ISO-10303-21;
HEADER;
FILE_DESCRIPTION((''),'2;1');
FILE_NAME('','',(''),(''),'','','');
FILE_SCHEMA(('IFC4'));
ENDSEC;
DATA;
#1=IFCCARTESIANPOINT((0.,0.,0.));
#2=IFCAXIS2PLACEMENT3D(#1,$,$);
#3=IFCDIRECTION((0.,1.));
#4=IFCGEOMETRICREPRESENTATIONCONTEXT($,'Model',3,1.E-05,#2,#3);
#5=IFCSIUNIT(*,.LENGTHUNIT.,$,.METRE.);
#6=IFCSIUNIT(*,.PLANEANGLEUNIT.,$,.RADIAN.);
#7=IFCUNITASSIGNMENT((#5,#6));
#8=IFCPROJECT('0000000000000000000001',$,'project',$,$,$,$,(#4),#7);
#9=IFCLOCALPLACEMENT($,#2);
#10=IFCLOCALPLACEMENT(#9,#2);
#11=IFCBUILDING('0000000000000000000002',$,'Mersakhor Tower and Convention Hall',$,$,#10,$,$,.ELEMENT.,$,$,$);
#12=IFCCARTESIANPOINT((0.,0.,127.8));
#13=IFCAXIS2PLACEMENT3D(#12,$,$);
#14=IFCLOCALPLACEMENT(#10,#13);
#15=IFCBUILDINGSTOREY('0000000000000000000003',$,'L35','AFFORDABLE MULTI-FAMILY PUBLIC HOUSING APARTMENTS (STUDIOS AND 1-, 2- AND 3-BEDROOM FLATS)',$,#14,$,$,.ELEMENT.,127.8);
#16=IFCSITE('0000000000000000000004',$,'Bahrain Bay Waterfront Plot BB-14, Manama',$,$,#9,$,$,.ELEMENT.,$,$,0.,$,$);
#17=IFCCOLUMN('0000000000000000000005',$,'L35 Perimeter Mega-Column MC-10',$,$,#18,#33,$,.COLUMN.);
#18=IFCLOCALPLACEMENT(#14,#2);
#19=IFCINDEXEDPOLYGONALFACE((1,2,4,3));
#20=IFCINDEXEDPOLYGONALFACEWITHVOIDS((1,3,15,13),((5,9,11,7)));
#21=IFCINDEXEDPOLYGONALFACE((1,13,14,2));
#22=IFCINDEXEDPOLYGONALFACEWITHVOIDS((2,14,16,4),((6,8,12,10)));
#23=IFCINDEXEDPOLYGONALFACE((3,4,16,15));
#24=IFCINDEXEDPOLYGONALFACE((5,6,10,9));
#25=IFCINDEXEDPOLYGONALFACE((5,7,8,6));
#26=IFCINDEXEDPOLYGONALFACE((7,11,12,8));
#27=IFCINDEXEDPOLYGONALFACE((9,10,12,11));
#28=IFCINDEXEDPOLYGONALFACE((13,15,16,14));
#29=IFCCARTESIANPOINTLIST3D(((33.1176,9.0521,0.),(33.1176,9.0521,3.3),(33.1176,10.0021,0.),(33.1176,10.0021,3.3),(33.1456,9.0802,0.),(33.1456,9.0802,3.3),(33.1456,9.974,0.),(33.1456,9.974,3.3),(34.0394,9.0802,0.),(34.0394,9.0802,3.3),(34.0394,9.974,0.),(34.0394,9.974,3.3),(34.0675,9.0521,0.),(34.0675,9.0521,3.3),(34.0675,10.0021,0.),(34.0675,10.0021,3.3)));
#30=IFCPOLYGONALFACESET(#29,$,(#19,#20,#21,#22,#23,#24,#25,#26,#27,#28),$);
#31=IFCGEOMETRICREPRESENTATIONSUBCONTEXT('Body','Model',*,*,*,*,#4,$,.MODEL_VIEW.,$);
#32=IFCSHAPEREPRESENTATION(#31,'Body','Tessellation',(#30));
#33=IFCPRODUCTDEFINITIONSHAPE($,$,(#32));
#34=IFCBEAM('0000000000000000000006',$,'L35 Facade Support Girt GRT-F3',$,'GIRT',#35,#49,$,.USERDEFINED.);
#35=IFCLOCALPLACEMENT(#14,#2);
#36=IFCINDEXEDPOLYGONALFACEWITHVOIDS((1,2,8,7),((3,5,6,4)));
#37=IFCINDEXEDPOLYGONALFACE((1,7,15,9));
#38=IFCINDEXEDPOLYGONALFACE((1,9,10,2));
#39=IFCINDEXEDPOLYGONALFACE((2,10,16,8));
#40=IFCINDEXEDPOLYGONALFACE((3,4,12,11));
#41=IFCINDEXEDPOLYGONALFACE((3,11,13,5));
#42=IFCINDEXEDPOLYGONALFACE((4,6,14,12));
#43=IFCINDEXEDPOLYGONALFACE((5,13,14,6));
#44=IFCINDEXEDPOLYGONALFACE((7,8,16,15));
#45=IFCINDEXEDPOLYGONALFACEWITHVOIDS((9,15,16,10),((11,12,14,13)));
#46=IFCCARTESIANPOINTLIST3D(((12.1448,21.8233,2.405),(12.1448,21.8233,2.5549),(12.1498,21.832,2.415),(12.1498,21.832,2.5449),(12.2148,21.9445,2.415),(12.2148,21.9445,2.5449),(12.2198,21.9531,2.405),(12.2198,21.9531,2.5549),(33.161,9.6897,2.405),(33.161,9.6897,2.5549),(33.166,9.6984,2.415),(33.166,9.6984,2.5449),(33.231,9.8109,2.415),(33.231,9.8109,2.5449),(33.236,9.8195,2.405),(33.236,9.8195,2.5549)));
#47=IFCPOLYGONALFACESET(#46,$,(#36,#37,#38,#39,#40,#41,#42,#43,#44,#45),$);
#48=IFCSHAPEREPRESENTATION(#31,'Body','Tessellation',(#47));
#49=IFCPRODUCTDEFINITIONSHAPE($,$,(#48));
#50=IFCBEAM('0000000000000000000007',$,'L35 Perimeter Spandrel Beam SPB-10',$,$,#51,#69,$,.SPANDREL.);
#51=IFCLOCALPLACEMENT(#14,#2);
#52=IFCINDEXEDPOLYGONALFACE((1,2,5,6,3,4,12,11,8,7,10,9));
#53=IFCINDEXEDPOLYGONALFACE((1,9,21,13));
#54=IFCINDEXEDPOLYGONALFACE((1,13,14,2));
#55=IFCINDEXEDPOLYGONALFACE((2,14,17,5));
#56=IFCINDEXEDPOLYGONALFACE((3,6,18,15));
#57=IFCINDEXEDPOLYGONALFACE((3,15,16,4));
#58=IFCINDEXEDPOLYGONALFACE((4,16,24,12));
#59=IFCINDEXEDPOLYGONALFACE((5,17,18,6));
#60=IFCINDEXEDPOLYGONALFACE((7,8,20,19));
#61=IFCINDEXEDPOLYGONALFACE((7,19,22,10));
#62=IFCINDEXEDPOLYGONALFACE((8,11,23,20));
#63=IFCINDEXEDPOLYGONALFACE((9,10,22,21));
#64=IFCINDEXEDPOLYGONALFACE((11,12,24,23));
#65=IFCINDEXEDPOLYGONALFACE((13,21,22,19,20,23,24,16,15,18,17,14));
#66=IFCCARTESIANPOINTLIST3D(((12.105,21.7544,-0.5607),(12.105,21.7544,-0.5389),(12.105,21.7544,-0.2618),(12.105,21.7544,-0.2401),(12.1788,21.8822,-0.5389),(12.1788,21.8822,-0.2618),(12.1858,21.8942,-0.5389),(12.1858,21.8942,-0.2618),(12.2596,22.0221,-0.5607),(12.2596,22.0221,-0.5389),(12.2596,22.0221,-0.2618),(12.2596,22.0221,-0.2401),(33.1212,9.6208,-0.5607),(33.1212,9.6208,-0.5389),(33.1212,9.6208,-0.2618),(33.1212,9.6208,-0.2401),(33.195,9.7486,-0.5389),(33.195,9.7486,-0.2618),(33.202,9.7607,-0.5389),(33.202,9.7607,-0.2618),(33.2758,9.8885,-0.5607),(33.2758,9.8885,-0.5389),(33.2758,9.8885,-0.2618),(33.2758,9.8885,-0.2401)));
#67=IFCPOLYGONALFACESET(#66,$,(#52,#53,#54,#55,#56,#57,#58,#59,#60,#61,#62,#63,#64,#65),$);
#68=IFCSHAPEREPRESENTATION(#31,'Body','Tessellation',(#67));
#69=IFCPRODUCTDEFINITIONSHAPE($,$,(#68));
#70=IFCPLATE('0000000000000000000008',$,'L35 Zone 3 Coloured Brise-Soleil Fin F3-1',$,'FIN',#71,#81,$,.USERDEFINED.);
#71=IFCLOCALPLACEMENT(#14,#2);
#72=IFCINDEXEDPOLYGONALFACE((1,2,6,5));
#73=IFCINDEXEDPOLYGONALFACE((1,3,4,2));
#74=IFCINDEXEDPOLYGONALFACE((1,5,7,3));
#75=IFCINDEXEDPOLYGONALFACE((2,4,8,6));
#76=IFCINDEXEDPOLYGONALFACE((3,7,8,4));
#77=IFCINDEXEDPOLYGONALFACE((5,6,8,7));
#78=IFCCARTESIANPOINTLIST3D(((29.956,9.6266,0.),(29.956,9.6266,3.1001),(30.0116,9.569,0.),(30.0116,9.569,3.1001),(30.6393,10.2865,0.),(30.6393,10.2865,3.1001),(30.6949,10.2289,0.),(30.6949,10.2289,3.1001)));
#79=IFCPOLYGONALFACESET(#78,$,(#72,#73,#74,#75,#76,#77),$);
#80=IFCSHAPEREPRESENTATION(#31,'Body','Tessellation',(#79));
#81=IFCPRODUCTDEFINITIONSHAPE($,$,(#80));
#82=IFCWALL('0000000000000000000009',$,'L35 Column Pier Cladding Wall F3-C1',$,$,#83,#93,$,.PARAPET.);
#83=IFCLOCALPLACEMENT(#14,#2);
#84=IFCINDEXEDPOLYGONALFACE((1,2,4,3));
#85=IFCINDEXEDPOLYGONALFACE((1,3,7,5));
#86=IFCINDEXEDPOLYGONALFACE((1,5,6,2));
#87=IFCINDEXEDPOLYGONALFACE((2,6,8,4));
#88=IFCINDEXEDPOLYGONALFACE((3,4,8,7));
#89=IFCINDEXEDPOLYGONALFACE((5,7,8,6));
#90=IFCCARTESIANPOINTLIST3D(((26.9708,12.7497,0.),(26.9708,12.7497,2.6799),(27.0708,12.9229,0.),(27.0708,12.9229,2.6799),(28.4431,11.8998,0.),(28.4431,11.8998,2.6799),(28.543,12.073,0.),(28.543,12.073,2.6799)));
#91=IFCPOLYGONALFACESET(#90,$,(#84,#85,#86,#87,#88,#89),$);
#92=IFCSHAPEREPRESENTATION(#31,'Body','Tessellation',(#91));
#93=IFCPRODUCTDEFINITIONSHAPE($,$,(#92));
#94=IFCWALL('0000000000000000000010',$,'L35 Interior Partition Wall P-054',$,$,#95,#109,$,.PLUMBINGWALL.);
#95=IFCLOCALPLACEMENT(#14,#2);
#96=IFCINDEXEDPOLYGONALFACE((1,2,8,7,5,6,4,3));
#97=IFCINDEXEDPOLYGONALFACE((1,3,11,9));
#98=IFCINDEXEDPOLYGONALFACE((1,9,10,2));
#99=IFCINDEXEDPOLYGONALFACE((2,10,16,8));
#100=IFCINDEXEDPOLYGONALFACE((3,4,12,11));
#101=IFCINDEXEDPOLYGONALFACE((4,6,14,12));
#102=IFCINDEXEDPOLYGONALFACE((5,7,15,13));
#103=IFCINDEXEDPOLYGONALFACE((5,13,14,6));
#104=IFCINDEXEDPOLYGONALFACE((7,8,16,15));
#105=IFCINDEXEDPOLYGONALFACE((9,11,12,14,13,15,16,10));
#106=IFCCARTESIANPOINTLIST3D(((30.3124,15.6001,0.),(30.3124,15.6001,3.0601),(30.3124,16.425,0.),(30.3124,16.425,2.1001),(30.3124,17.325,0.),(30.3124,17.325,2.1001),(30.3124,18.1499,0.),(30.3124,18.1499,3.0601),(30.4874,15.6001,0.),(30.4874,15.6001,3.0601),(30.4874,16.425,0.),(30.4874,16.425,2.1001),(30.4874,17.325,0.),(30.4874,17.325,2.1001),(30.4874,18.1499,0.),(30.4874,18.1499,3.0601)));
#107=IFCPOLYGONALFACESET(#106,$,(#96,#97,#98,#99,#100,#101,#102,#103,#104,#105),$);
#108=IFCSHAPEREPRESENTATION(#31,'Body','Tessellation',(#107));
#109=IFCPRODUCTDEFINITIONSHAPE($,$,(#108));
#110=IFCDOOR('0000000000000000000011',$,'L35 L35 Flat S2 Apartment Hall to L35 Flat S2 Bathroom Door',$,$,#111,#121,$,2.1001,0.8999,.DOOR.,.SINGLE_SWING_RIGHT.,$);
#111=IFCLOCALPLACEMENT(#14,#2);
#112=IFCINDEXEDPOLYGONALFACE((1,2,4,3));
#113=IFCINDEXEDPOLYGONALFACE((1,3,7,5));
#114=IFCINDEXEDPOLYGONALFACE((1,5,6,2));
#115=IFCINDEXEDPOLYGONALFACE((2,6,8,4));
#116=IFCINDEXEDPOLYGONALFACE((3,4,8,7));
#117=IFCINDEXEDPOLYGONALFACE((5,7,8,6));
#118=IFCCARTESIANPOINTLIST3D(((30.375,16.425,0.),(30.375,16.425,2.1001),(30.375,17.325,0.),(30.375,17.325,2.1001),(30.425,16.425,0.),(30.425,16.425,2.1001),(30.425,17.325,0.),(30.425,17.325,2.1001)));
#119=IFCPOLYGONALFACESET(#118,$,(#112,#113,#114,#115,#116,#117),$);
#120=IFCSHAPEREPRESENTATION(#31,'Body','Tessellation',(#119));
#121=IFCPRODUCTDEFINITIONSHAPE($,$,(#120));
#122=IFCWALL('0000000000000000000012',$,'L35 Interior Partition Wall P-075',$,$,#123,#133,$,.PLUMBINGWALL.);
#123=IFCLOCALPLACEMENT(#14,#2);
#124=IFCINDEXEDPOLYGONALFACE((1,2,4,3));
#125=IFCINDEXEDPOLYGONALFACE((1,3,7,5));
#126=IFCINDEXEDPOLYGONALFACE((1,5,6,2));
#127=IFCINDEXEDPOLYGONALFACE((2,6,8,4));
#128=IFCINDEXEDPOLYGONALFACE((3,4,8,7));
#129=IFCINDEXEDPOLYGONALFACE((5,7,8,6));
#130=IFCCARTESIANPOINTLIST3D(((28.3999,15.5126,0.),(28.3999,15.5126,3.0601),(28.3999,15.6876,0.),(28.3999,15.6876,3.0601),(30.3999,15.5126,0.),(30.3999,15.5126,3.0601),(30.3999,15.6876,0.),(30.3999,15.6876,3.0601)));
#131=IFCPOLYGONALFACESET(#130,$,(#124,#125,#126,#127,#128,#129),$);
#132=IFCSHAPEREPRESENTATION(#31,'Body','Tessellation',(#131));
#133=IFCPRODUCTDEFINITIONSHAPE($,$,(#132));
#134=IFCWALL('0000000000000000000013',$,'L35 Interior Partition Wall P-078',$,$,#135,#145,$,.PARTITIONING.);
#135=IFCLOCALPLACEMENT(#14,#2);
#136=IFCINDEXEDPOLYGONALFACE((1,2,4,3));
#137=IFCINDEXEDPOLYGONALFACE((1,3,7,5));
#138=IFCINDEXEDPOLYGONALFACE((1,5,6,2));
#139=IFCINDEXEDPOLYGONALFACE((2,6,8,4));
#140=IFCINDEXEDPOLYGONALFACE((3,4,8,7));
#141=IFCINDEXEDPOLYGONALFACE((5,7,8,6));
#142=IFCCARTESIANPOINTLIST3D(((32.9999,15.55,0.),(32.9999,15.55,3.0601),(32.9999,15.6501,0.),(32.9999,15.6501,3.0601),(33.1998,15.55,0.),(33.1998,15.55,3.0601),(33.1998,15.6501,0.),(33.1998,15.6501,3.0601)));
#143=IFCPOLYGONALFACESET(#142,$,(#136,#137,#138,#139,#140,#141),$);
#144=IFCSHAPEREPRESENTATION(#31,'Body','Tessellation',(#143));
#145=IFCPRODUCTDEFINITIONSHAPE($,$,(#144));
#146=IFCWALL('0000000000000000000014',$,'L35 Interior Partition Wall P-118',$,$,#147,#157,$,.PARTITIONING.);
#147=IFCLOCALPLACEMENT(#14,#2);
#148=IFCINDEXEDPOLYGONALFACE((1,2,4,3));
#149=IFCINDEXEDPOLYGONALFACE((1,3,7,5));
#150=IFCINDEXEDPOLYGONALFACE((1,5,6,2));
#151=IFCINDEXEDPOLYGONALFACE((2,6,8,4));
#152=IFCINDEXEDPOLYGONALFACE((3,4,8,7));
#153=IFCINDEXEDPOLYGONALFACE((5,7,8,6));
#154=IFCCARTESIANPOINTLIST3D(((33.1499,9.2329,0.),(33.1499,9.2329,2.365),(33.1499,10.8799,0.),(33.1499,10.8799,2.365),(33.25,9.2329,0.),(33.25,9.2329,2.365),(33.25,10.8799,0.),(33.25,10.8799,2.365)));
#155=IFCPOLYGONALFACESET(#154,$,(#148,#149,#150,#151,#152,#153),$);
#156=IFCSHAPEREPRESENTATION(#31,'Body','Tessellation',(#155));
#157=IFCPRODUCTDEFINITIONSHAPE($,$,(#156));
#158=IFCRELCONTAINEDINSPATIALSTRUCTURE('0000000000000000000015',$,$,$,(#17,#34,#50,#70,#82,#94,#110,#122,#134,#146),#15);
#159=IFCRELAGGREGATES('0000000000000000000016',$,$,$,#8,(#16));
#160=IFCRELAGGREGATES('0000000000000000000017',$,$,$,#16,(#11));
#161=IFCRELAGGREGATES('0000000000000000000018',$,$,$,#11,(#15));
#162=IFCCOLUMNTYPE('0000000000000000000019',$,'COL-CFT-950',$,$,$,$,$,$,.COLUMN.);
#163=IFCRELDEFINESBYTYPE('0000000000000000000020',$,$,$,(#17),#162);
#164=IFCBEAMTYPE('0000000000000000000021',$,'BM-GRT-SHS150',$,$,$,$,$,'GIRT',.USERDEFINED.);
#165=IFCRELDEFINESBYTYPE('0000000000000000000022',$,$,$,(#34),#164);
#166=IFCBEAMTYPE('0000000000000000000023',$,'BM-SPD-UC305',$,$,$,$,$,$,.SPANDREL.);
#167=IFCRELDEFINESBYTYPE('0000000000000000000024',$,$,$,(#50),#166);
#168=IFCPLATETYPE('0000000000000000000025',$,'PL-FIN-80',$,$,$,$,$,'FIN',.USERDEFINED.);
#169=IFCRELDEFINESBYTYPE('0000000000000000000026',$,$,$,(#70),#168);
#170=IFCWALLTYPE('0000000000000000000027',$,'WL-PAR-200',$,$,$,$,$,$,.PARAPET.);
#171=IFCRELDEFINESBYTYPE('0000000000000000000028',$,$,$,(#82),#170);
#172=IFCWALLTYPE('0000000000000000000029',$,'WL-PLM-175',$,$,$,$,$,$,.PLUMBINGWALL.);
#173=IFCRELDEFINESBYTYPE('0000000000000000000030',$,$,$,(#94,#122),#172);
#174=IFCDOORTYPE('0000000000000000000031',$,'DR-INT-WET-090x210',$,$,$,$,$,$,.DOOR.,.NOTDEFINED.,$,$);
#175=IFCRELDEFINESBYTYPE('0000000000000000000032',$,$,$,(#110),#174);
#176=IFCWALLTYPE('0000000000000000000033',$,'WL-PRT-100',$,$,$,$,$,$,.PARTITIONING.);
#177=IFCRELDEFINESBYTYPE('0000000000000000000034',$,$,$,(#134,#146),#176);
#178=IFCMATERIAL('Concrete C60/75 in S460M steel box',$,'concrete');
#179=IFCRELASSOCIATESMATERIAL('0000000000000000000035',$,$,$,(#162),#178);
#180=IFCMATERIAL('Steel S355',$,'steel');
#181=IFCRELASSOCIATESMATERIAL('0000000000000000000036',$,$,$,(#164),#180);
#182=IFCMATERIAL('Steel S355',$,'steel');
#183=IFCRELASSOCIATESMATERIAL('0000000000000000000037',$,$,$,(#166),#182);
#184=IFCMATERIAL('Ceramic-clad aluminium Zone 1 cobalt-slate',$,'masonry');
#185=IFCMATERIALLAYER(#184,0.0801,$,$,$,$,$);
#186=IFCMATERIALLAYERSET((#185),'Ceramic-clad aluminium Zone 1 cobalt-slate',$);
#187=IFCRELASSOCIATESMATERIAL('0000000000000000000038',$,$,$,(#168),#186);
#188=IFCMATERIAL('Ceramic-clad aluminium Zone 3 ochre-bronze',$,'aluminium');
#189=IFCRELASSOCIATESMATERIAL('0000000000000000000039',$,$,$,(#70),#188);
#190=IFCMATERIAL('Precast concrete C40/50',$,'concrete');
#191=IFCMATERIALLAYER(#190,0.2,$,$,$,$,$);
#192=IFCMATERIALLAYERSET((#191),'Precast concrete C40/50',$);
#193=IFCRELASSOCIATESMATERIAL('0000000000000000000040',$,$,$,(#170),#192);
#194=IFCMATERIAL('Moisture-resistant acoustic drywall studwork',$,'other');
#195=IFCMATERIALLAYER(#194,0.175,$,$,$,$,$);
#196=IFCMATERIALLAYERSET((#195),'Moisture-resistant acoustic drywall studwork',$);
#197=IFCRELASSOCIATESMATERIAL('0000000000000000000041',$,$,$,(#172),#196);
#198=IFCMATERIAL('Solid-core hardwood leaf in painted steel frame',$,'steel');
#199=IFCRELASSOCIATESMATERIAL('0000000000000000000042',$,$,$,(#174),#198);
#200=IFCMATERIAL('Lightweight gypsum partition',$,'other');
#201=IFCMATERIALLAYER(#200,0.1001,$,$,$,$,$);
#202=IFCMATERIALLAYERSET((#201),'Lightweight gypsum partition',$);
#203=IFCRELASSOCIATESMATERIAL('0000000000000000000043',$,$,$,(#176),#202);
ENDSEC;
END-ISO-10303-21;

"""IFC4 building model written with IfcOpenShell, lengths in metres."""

from ifc_helpers import new_model, si_unit, direction, frame, frame_2d, origin, origin_2d, place, context, subcontext, project, spatial, rectangle, hollow_rectangle, i_section, extrude, material, layer, layer_set, material_profile, profile_set, type_object, element, fill, save


model = new_model("IFC4")

# Units and contexts
model_context = context("Model", 3, precision=1e-05, world=origin(), true_north=direction((0.0, 1.0)))
body_context = subcontext(model_context, "Body", "Model", "MODEL_VIEW")
ifc_project = project(units=[si_unit("LENGTHUNIT", "METRE"), si_unit("PLANEANGLEUNIT", "RADIAN")], contexts=[model_context])

# Site, building, storey
site_placement = place(None, origin())
site = spatial("IfcSite", under=ifc_project, at=site_placement, Name="Bahrain Bay Waterfront Plot BB-14, Manama", CompositionType="ELEMENT", RefElevation=0.0)
building_placement = place(site_placement, origin())
building = spatial("IfcBuilding", under=site, at=building_placement, Name="Mersakhor Tower and Convention Hall", CompositionType="ELEMENT")
storey_placement = place(building_placement, frame((0.0, 0.0, 127.8)))
storey = spatial("IfcBuildingStorey", under=building, at=storey_placement, Name="L35", Description="AFFORDABLE MULTI-FAMILY PUBLIC HOUSING APARTMENTS (STUDIOS AND 1-, 2- AND 3-BEDROOM FLATS)", CompositionType="ELEMENT", Elevation=127.8)

# Column
ifc_material_1 = material(Name="Concrete C60/75 in S460M steel box", Category="concrete")
ifc_material_profile_1 = material_profile(ifc_material_1, hollow_rectangle(XDim=0.95, YDim=0.95, WallThickness=0.0281, at=origin_2d()), Name="SHS 950x950x28")
ifc_profile_set_1 = profile_set([ifc_material_profile_1], Name="Concrete C60/75 in S460M steel box")
column_type = type_object("IfcColumnType", Name="COL-CFT-950", PredefinedType="COLUMN", material=ifc_profile_set_1)
column_placement = place(storey_placement, frame((33.5925, 9.5271, 0.0), z_axis=(0.0, 0.0, 1.0), x_axis=(1.0, 0.0, 0.0)))
element("IfcColumn", 1, at=column_placement, inside=storey, type_object=column_type, Name="L35 Perimeter Mega-Column MC-10", PredefinedType="COLUMN", context=body_context, shape_type="SweptSolid", body=[
    extrude(hollow_rectangle(XDim=0.95, YDim=0.95, WallThickness=0.0281, at=origin_2d()), origin(), (0.0, 0.0, 1.0), 3.3),
])

# Beams
ifc_material_2 = material(Name="Steel S355", Category="steel")
ifc_material_profile_2 = material_profile(ifc_material_2, hollow_rectangle(XDim=0.1499, YDim=0.1499, WallThickness=0.01, at=origin_2d()), Name="SHS 150x150x10")
ifc_profile_set_2 = profile_set([ifc_material_profile_2], Name="Steel S355")
beam_type_1 = type_object("IfcBeamType", Name="BM-GRT-SHS150", ElementType="GIRT", PredefinedType="USERDEFINED", material=ifc_profile_set_2)
beam_1_placement = place(storey_placement, frame((33.1985, 9.7546, 2.48), z_axis=(-0.866027, 0.499996, 0.0), x_axis=(-0.499996, -0.866027, 0.0)))
element("IfcBeam", 2, at=beam_1_placement, inside=storey, type_object=beam_type_1, Name="L35 Facade Support Girt GRT-F3", ObjectType="GIRT", PredefinedType="USERDEFINED", context=body_context, shape_type="SweptSolid", body=[
    extrude(hollow_rectangle(XDim=0.1499, YDim=0.1499, WallThickness=0.01, at=origin_2d()), origin(), (0.0, 0.0, 1.0), 24.2673),
])
ifc_material_3 = material(Name="Steel S355", Category="steel")
ifc_material_profile_3 = material_profile(ifc_material_3, i_section(OverallWidth=0.3091, OverallDepth=0.3206, WebThickness=0.0139, FlangeThickness=0.0217, at=origin_2d()), Name="UC 305x305x137")
ifc_profile_set_3 = profile_set([ifc_material_profile_3], Name="Steel S355")
beam_type_2 = type_object("IfcBeamType", Name="BM-SPD-UC305", PredefinedType="SPANDREL", material=ifc_profile_set_3)
beam_2_placement = place(storey_placement, frame((33.1985, 9.7546, -0.4004), z_axis=(-0.866027, 0.499996, 0.0), x_axis=(-0.499996, -0.866027, 0.0)))
element("IfcBeam", 3, at=beam_2_placement, inside=storey, type_object=beam_type_2, Name="L35 Perimeter Spandrel Beam SPB-10", PredefinedType="SPANDREL", context=body_context, shape_type="SweptSolid", body=[
    extrude(i_section(OverallWidth=0.3091, OverallDepth=0.3206, WebThickness=0.0139, FlangeThickness=0.0217, at=origin_2d()), origin(), (0.0, 0.0, 1.0), 24.2673),
])

# Plate
ifc_material_4 = material(Name="Ceramic-clad aluminium Zone 3 ochre-bronze", Category="aluminium")
ifc_material_5 = material(Name="Ceramic-clad aluminium Zone 1 cobalt-slate", Category="masonry")
ifc_layer_1 = layer(ifc_material_5, 0.0801)
ifc_layer_set_1 = layer_set([ifc_layer_1], Name="Ceramic-clad aluminium Zone 1 cobalt-slate")
plate_type = type_object("IfcPlateType", Name="PL-FIN-80", ElementType="FIN", PredefinedType="USERDEFINED", material=ifc_layer_set_1)
plate_placement = place(storey_placement, frame((30.3254, 9.9277, 0.0), z_axis=(0.0, 0.0, 1.0), x_axis=(-0.71934, -0.694658, 0.0)))
element("IfcPlate", 4, at=plate_placement, inside=storey, type_object=plate_type, material=ifc_material_4, Name="L35 Zone 3 Coloured Brise-Soleil Fin F3-1", ObjectType="FIN", PredefinedType="USERDEFINED", context=body_context, shape_type="SweptSolid", body=[
    extrude(rectangle(XDim=0.95, YDim=0.0801, at=origin_2d()), origin(), (0.0, 0.0, 1.0), 3.1001),
])

# Wall
ifc_material_6 = material(Name="Precast concrete C40/50", Category="concrete")
ifc_layer_2 = layer(ifc_material_6, 0.2)
ifc_layer_set_2 = layer_set([ifc_layer_2], Name="Precast concrete C40/50")
wall_type_1 = type_object("IfcWallType", Name="WL-PAR-200", PredefinedType="PARAPET", material=ifc_layer_set_2)
wall_1_placement = place(storey_placement, frame((28.4932, 11.9863, 0.0), z_axis=(0.0, 0.0, 1.0), x_axis=(-0.866052, 0.499955, 0.0)))
element("IfcWall", 5, at=wall_1_placement, inside=storey, type_object=wall_type_1, Name="L35 Column Pier Cladding Wall F3-C1", PredefinedType="PARAPET", context=body_context, shape_type="SweptSolid", body=[
    extrude(rectangle(XDim=1.7, YDim=0.2, at=frame_2d((0.8501, 0.0))), origin(), (0.0, 0.0, 1.0), 2.6799),
])

# Wall, opening, door
ifc_material_7 = material(Name="Moisture-resistant acoustic drywall studwork", Category="other")
ifc_layer_3 = layer(ifc_material_7, 0.175)
ifc_layer_set_3 = layer_set([ifc_layer_3], Name="Moisture-resistant acoustic drywall studwork")
wall_type_2 = type_object("IfcWallType", Name="WL-PLM-175", PredefinedType="PLUMBINGWALL", material=ifc_layer_set_3)
wall_2_placement = place(storey_placement, frame((30.3999, 15.6001, 0.0), z_axis=(0.0, 0.0, 1.0), x_axis=(0.0, 1.0, 0.0)))
wall_2 = element("IfcWall", 6, at=wall_2_placement, inside=storey, type_object=wall_type_2, Name="L35 Interior Partition Wall P-054", PredefinedType="PLUMBINGWALL", context=body_context, shape_type="SweptSolid", body=[
    extrude(rectangle(XDim=2.5498, YDim=0.175, at=frame_2d((1.2749, 0.0))), origin(), (0.0, 0.0, 1.0), 3.0601),
])
opening_1_placement = place(wall_2_placement, frame((0.825, 0.0, 0.0)))
opening_1 = element("IfcOpeningElement", 7, at=opening_1_placement, cuts=wall_2, PredefinedType="OPENING", context=body_context, shape_type="SweptSolid", body=[
    extrude(rectangle(XDim=0.8999, YDim=2.1001, at=frame_2d((0.45, 1.05))), frame((0.0, 0.0974, 0.0), z_axis=(0.0, -1.0, 0.0), x_axis=(1.0, 0.0, 0.0)), (0.0, 0.0, 1.0), 0.1951),
])
ifc_material_8 = material(Name="Solid-core hardwood leaf in painted steel frame", Category="steel")
door_type_1 = type_object("IfcDoorType", Name="DR-INT-WET-090x210", OperationType="NOTDEFINED", PredefinedType="DOOR", material=ifc_material_8)
door_1_placement = place(opening_1_placement, origin())
door_1 = element("IfcDoor", 8, at=door_1_placement, inside=storey, type_object=door_type_1, Name="L35 L35 Flat S2 Apartment Hall to L35 Flat S2 Bathroom Door", OperationType="SINGLE_SWING_RIGHT", OverallHeight=2.1001, OverallWidth=0.8999, PredefinedType="DOOR", context=body_context, shape_type="SweptSolid", body=[
    extrude(rectangle(XDim=0.8999, YDim=2.1001, at=frame_2d((0.45, 1.05))), frame((0.0, 0.0249, 0.0), z_axis=(0.0, -1.0, 0.0), x_axis=(1.0, 0.0, 0.0)), (0.0, 0.0, 1.0), 0.05),
])
fill(opening_1, door_1)

# Walls
wall_3_placement = place(storey_placement, frame((30.3999, 15.6001, 0.0), z_axis=(0.0, 0.0, 1.0), x_axis=(-1.0, 0.0, 0.0)))
element("IfcWall", 9, at=wall_3_placement, inside=storey, type_object=wall_type_2, Name="L35 Interior Partition Wall P-075", PredefinedType="PLUMBINGWALL", context=body_context, shape_type="SweptSolid", body=[
    extrude(rectangle(XDim=2.0, YDim=0.175, at=frame_2d((1.0, 0.0))), origin(), (0.0, 0.0, 1.0), 3.0601),
])
ifc_material_9 = material(Name="Lightweight gypsum partition", Category="other")
ifc_layer_4 = layer(ifc_material_9, 0.1001)
ifc_layer_set_4 = layer_set([ifc_layer_4], Name="Lightweight gypsum partition")
wall_type_3 = type_object("IfcWallType", Name="WL-PRT-100", PredefinedType="PARTITIONING", material=ifc_layer_set_4)
wall_4_placement = place(storey_placement, frame((33.2, 15.6001, 0.0), z_axis=(0.0, 0.0, 1.0), x_axis=(-1.0, 0.0, 0.0)))
element("IfcWall", 10, at=wall_4_placement, inside=storey, type_object=wall_type_3, Name="L35 Interior Partition Wall P-078", PredefinedType="PARTITIONING", context=body_context, shape_type="SweptSolid", body=[
    extrude(rectangle(XDim=0.2, YDim=0.1001, at=frame_2d((0.1001, 0.0))), origin(), (0.0, 0.0, 1.0), 3.0601),
])
wall_5_placement = place(storey_placement, frame((33.2, 10.8799, 0.0), z_axis=(0.0, 0.0, 1.0), x_axis=(0.0, -1.0, 0.0)))
element("IfcWall", 11, at=wall_5_placement, inside=storey, type_object=wall_type_3, Name="L35 Interior Partition Wall P-118", PredefinedType="PARTITIONING", context=body_context, shape_type="SweptSolid", body=[
    extrude(rectangle(XDim=1.647, YDim=0.1001, at=frame_2d((0.8235, 0.0))), origin(), (0.0, 0.0, 1.0), 2.365),
])

save(model, "model.ifc")
